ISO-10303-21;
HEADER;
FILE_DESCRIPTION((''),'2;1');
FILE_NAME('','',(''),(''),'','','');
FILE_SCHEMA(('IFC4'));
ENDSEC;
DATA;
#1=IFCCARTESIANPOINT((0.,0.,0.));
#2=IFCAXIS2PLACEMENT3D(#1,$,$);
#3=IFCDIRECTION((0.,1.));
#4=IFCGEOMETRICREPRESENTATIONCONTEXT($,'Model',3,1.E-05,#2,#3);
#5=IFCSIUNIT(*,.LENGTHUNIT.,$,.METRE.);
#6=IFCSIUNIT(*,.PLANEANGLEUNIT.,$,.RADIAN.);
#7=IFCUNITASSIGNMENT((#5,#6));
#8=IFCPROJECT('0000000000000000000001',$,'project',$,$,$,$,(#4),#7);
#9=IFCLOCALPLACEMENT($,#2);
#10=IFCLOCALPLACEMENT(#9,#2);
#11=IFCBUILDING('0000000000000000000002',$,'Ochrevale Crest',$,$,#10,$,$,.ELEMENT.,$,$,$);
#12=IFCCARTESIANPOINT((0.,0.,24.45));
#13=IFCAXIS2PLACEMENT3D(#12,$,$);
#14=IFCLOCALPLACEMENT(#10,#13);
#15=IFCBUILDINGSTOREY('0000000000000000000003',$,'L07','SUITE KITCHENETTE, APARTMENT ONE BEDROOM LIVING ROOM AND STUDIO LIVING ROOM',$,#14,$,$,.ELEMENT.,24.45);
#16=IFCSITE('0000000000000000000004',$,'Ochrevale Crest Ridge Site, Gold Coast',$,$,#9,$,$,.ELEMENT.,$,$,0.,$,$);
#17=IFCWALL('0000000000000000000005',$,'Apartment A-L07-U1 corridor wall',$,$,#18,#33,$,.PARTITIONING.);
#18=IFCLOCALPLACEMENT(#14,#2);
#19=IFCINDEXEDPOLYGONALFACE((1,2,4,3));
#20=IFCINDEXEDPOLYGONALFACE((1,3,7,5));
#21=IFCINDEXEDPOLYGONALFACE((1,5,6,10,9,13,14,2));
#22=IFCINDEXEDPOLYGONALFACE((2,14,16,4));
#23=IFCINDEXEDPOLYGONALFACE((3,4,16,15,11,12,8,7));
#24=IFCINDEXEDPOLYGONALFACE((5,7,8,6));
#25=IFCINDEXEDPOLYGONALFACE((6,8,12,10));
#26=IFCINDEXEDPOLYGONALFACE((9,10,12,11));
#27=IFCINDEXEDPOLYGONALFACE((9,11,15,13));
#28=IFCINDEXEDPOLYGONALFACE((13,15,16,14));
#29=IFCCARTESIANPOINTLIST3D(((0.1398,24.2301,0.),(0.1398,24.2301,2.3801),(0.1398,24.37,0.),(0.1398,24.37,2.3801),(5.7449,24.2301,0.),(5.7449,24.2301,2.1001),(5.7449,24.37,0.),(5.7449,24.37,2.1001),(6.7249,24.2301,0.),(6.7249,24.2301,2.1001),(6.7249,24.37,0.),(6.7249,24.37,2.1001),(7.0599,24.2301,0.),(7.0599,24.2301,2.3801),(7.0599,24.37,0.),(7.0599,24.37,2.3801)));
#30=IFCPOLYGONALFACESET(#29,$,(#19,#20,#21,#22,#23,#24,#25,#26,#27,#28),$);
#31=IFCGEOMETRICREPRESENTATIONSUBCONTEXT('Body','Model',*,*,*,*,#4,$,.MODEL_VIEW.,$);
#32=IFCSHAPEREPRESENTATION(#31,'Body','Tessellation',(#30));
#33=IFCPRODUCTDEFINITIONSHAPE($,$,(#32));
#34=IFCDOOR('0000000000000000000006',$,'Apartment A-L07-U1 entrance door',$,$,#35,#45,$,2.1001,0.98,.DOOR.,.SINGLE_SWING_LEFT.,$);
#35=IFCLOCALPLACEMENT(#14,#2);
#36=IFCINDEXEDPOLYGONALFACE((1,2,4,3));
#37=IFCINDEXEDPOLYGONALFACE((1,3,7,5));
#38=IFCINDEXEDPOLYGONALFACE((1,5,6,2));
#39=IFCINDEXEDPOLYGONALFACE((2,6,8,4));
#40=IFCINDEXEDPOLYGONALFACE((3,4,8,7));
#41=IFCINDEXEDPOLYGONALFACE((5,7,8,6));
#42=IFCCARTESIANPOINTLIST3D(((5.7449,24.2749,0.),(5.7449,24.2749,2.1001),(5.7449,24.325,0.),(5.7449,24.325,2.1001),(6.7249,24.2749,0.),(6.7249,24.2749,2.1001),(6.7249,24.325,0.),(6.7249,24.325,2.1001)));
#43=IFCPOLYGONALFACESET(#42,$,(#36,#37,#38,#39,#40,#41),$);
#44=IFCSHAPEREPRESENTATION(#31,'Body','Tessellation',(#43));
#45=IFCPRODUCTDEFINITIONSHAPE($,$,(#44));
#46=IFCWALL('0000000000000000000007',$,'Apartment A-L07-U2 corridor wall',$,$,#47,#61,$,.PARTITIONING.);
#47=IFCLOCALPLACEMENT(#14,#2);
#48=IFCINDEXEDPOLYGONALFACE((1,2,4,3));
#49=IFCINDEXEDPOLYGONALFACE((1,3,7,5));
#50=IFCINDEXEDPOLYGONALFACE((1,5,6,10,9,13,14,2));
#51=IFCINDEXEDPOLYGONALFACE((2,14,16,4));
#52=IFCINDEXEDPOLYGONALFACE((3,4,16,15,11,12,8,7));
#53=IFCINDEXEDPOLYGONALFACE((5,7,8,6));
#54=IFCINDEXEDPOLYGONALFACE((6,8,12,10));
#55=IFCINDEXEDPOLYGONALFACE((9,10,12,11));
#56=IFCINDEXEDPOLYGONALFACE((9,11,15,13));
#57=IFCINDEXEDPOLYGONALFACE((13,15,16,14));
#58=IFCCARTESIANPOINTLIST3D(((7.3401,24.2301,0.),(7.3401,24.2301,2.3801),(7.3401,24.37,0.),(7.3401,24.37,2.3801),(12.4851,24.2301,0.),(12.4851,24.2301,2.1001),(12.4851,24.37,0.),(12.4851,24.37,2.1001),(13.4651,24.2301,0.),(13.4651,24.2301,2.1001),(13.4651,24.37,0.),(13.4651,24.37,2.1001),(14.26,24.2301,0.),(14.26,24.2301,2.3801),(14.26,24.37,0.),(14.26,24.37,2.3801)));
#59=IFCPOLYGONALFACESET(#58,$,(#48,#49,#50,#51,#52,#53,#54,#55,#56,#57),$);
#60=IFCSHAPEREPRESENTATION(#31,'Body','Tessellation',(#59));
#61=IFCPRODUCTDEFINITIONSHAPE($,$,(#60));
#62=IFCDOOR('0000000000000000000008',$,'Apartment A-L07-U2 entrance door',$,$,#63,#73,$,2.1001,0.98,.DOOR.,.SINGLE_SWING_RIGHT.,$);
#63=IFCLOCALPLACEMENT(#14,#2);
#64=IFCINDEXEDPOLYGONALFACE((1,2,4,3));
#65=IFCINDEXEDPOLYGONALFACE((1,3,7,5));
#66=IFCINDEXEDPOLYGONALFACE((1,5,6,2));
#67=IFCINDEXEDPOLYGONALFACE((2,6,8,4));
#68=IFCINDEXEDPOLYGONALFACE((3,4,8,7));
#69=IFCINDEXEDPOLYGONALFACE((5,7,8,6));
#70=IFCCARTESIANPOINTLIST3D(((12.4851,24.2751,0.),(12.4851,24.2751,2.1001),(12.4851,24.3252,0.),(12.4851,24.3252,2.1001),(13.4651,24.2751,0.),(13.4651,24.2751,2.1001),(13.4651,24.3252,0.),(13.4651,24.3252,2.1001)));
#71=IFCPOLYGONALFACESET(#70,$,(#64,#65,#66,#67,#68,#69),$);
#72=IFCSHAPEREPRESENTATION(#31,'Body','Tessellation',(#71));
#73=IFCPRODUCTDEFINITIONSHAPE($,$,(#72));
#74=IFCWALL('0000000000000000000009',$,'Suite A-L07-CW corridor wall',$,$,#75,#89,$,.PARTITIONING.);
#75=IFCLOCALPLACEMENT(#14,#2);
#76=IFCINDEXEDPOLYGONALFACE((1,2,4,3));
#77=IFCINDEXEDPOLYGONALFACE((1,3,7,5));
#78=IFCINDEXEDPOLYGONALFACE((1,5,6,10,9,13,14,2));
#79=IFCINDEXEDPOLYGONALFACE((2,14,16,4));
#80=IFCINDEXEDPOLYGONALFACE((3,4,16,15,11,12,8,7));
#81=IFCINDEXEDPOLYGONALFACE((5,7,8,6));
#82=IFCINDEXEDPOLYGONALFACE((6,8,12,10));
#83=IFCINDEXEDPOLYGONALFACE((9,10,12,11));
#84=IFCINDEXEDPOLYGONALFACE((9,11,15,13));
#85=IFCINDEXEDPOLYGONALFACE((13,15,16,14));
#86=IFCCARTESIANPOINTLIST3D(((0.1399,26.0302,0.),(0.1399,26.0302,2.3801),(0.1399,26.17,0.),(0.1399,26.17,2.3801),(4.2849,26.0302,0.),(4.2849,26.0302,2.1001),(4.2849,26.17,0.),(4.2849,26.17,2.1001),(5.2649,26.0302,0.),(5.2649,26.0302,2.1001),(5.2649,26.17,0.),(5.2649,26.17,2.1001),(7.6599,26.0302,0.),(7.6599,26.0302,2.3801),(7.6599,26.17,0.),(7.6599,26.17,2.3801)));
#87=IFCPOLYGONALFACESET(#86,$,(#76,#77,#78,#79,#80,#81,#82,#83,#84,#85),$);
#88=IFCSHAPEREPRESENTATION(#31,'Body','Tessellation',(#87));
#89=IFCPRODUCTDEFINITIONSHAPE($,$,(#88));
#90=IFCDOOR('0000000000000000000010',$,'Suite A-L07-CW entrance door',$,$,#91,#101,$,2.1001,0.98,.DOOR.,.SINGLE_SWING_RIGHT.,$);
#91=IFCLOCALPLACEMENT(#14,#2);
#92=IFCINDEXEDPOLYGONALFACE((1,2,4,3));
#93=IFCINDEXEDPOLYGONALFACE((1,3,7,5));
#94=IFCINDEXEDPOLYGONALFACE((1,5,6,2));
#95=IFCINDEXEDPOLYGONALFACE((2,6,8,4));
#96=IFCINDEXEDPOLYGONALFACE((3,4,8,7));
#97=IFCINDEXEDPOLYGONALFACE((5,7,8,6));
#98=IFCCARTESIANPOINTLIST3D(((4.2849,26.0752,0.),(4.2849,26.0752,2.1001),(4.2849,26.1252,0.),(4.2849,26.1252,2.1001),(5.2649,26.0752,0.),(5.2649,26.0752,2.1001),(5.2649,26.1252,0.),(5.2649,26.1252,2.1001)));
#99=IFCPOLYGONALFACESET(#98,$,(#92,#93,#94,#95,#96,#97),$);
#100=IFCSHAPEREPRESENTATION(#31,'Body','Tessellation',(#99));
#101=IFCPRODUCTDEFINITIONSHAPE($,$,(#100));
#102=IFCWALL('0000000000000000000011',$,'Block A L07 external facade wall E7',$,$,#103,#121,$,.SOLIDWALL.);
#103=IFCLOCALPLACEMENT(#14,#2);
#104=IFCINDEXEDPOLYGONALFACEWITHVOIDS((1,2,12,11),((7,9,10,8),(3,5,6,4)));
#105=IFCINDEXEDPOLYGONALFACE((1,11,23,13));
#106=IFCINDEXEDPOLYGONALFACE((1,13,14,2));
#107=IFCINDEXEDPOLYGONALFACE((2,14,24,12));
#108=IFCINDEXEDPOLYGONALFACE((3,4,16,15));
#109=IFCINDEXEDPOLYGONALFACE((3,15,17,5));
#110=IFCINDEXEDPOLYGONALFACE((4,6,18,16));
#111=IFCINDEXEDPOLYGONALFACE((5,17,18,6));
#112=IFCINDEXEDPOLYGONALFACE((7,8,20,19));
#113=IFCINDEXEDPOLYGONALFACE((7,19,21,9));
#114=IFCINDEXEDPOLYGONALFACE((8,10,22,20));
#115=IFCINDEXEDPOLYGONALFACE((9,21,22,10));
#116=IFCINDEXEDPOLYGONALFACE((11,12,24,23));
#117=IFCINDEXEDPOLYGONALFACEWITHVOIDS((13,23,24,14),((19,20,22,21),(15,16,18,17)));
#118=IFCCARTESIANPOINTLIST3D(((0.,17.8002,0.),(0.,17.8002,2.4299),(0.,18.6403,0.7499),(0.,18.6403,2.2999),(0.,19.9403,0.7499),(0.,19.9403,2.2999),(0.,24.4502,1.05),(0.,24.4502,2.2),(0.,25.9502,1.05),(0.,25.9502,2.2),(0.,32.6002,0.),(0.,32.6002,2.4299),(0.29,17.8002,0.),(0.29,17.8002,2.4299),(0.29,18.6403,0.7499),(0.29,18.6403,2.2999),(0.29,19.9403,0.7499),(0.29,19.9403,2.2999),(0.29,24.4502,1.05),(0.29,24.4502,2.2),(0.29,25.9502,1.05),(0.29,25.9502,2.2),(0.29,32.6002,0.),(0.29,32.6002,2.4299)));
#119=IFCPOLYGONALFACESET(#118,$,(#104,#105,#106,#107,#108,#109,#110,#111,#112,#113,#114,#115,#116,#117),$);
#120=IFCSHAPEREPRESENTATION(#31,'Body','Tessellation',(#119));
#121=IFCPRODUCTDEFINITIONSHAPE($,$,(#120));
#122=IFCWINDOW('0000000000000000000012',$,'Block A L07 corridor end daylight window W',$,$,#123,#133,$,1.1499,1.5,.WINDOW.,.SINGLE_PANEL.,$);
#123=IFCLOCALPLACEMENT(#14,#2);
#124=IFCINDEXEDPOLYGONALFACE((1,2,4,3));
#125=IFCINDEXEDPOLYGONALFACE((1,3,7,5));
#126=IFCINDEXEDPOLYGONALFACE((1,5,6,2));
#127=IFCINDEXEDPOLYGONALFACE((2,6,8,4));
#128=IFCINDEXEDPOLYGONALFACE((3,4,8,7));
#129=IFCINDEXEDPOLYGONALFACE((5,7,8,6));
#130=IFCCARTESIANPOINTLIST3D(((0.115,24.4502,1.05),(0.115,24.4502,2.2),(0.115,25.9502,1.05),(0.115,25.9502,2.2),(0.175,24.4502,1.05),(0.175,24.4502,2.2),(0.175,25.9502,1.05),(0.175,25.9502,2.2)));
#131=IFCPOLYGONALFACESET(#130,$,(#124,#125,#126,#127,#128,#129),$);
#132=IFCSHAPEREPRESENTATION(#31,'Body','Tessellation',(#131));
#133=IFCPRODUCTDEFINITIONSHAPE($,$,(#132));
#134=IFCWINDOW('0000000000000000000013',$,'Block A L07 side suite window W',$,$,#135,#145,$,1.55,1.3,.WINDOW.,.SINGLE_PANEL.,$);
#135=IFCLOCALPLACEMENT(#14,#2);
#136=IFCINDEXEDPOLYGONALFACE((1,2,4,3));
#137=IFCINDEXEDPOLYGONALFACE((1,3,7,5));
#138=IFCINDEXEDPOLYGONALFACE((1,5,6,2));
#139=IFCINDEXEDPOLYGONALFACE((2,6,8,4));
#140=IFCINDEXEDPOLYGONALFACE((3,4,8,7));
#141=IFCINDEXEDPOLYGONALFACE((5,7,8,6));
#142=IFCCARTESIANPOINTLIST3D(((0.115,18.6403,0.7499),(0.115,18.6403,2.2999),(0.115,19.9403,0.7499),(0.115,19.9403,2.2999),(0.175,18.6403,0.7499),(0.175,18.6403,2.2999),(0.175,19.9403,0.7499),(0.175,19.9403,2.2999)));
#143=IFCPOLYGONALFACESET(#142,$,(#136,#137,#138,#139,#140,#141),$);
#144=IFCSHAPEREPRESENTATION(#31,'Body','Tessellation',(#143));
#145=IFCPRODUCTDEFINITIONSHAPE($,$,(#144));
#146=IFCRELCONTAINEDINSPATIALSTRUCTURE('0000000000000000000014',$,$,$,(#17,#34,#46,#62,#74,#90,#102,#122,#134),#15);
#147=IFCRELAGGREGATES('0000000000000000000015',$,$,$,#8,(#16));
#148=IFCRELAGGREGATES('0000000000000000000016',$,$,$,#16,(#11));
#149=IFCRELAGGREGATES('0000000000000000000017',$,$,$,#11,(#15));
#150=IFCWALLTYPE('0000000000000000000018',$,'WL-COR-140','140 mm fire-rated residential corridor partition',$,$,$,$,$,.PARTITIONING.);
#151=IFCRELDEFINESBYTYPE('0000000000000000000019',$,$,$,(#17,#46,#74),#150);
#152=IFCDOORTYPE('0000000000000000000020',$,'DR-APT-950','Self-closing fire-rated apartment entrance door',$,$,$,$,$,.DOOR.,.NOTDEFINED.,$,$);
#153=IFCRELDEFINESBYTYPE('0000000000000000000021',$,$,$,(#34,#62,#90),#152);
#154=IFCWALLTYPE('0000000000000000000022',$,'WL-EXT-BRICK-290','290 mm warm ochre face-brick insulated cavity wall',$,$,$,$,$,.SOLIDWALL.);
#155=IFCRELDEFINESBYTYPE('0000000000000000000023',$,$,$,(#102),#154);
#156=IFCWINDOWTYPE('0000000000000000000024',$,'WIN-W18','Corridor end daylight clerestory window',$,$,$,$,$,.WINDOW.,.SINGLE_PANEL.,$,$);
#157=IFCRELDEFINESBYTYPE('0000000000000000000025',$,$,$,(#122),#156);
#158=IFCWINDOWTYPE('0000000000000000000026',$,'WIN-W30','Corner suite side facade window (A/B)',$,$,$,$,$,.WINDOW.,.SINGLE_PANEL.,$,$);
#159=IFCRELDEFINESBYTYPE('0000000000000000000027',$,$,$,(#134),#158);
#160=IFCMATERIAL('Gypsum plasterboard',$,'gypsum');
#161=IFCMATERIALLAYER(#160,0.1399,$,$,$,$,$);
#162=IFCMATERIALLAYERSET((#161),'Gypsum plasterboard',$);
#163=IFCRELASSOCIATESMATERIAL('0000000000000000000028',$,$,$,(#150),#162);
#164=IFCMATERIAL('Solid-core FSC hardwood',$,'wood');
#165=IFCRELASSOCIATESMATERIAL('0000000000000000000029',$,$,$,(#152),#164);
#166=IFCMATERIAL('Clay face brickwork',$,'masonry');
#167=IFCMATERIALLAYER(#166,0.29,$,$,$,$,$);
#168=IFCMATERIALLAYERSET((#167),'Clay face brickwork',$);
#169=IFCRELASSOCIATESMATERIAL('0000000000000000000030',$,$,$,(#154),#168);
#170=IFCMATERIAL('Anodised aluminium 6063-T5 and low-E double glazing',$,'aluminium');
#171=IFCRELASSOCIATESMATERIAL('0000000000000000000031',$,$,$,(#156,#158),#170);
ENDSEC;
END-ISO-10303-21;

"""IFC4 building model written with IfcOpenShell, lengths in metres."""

from ifc_helpers import new_model, si_unit, direction, frame, frame_2d, origin, place, context, subcontext, project, spatial, rectangle, extrude, material, layer, layer_set, type_object, element, fill, save


model = new_model("IFC4")

# Units and contexts
model_context = context("Model", 3, precision=1e-05, world=origin(), true_north=direction((0.0, 1.0)))
body_context = subcontext(model_context, "Body", "Model", "MODEL_VIEW")
ifc_project = project(units=[si_unit("LENGTHUNIT", "METRE"), si_unit("PLANEANGLEUNIT", "RADIAN")], contexts=[model_context])

# Site, building, storey
site_placement = place(None, origin())
site = spatial("IfcSite", under=ifc_project, at=site_placement, Name="Ochrevale Crest Ridge Site, Gold Coast", CompositionType="ELEMENT", RefElevation=0.0)
building_placement = place(site_placement, origin())
building = spatial("IfcBuilding", under=site, at=building_placement, Name="Ochrevale Crest", CompositionType="ELEMENT")
storey_placement = place(building_placement, frame((0.0, 0.0, 24.45)))
storey = spatial("IfcBuildingStorey", under=building, at=storey_placement, Name="L07", Description="SUITE KITCHENETTE, APARTMENT ONE BEDROOM LIVING ROOM AND STUDIO LIVING ROOM", CompositionType="ELEMENT", Elevation=24.45)

# Walls, openings, doors
ifc_material_1 = material(Name="Gypsum plasterboard", Category="gypsum")
ifc_layer_1 = layer(ifc_material_1, 0.1399)
ifc_layer_set_1 = layer_set([ifc_layer_1], Name="Gypsum plasterboard")
wall_type_1 = type_object("IfcWallType", Name="WL-COR-140", Description="140 mm fire-rated residential corridor partition", PredefinedType="PARTITIONING", material=ifc_layer_set_1)
wall_1_placement = place(storey_placement, frame((0.1399, 24.3, 0.0), z_axis=(0.0, 0.0, 1.0), x_axis=(1.0, 0.0, 0.0)))
wall_1 = element("IfcWall", 1, at=wall_1_placement, inside=storey, type_object=wall_type_1, Name="Apartment A-L07-U1 corridor wall", PredefinedType="PARTITIONING", context=body_context, shape_type="SweptSolid", body=[
    extrude(rectangle(XDim=6.9202, YDim=0.1399, at=frame_2d((3.46, 0.0))), origin(), (0.0, 0.0, 1.0), 2.3801),
])
opening_1_placement = place(wall_1_placement, frame((5.605, 0.0, 0.0)))
opening_1 = element("IfcOpeningElement", 2, at=opening_1_placement, cuts=wall_1, PredefinedType="OPENING", context=body_context, shape_type="SweptSolid", body=[
    extrude(rectangle(XDim=0.98, YDim=2.1001, at=frame_2d((0.49, 1.05))), frame((0.0, 0.0801, 0.0), z_axis=(0.0, -1.0, 0.0), x_axis=(1.0, 0.0, 0.0)), (0.0, 0.0, 1.0), 0.1599),
])
ifc_material_2 = material(Name="Solid-core FSC hardwood", Category="wood")
door_type_1 = type_object("IfcDoorType", Name="DR-APT-950", Description="Self-closing fire-rated apartment entrance door", OperationType="NOTDEFINED", PredefinedType="DOOR", material=ifc_material_2)
door_1_placement = place(opening_1_placement, origin())
door_1 = element("IfcDoor", 3, at=door_1_placement, inside=storey, type_object=door_type_1, Name="Apartment A-L07-U1 entrance door", OperationType="SINGLE_SWING_LEFT", OverallHeight=2.1001, OverallWidth=0.98, PredefinedType="DOOR", context=body_context, shape_type="SweptSolid", body=[
    extrude(rectangle(XDim=0.98, YDim=2.1001, at=frame_2d((0.49, 1.05))), frame((0.0, 0.0249, 0.0), z_axis=(0.0, -1.0, 0.0), x_axis=(1.0, 0.0, 0.0)), (0.0, 0.0, 1.0), 0.05),
])
fill(opening_1, door_1)
wall_2_placement = place(storey_placement, frame((7.3401, 24.3, 0.0), z_axis=(0.0, 0.0, 1.0), x_axis=(1.0, 0.0, 0.0)))
wall_2 = element("IfcWall", 4, at=wall_2_placement, inside=storey, type_object=wall_type_1, Name="Apartment A-L07-U2 corridor wall", PredefinedType="PARTITIONING", context=body_context, shape_type="SweptSolid", body=[
    extrude(rectangle(XDim=6.9199, YDim=0.1399, at=frame_2d((3.46, 0.0))), origin(), (0.0, 0.0, 1.0), 2.3801),
])
opening_2_placement = place(wall_2_placement, frame((6.125, 0.0, 0.0), z_axis=(0.0, 0.0, 1.0), x_axis=(-1.0, 0.0, 0.0)))
opening_2 = element("IfcOpeningElement", 5, at=opening_2_placement, cuts=wall_2, PredefinedType="OPENING", context=body_context, shape_type="SweptSolid", body=[
    extrude(rectangle(XDim=0.98, YDim=2.1001, at=frame_2d((0.49, 1.05))), frame((0.0, 0.0801, 0.0), z_axis=(0.0, -1.0, 0.0), x_axis=(1.0, 0.0, 0.0)), (0.0, 0.0, 1.0), 0.1599),
])
door_2_placement = place(opening_2_placement, origin())
door_2 = element("IfcDoor", 6, at=door_2_placement, inside=storey, type_object=door_type_1, Name="Apartment A-L07-U2 entrance door", OperationType="SINGLE_SWING_RIGHT", OverallHeight=2.1001, OverallWidth=0.98, PredefinedType="DOOR", context=body_context, shape_type="SweptSolid", body=[
    extrude(rectangle(XDim=0.98, YDim=2.1001, at=frame_2d((0.49, 1.05))), frame((0.0, 0.0249, 0.0), z_axis=(0.0, -1.0, 0.0), x_axis=(1.0, 0.0, 0.0)), (0.0, 0.0, 1.0), 0.05),
])
fill(opening_2, door_2)
wall_3_placement = place(storey_placement, frame((0.1399, 26.1001, 0.0), z_axis=(0.0, 0.0, 1.0), x_axis=(1.0, 0.0, 0.0)))
wall_3 = element("IfcWall", 7, at=wall_3_placement, inside=storey, type_object=wall_type_1, Name="Suite A-L07-CW corridor wall", PredefinedType="PARTITIONING", context=body_context, shape_type="SweptSolid", body=[
    extrude(rectangle(XDim=7.52, YDim=0.1399, at=frame_2d((3.76, 0.0))), origin(), (0.0, 0.0, 1.0), 2.3801),
])
opening_3_placement = place(wall_3_placement, frame((5.125, 0.0, 0.0), z_axis=(0.0, 0.0, 1.0), x_axis=(-1.0, 0.0, 0.0)))
opening_3 = element("IfcOpeningElement", 8, at=opening_3_placement, cuts=wall_3, PredefinedType="OPENING", context=body_context, shape_type="SweptSolid", body=[
    extrude(rectangle(XDim=0.98, YDim=2.1001, at=frame_2d((0.49, 1.05))), frame((0.0, 0.0801, 0.0), z_axis=(0.0, -1.0, 0.0), x_axis=(1.0, 0.0, 0.0)), (0.0, 0.0, 1.0), 0.1599),
])
door_3_placement = place(opening_3_placement, origin())
door_3 = element("IfcDoor", 9, at=door_3_placement, inside=storey, type_object=door_type_1, Name="Suite A-L07-CW entrance door", OperationType="SINGLE_SWING_RIGHT", OverallHeight=2.1001, OverallWidth=0.98, PredefinedType="DOOR", context=body_context, shape_type="SweptSolid", body=[
    extrude(rectangle(XDim=0.98, YDim=2.1001, at=frame_2d((0.49, 1.05))), frame((0.0, 0.0249, 0.0), z_axis=(0.0, -1.0, 0.0), x_axis=(1.0, 0.0, 0.0)), (0.0, 0.0, 1.0), 0.05),
])
fill(opening_3, door_3)

# Wall, openings, windows
ifc_material_3 = material(Name="Clay face brickwork", Category="masonry")
ifc_layer_2 = layer(ifc_material_3, 0.29)
ifc_layer_set_2 = layer_set([ifc_layer_2], Name="Clay face brickwork")
wall_type_2 = type_object("IfcWallType", Name="WL-EXT-BRICK-290", Description="290 mm warm ochre face-brick insulated cavity wall", PredefinedType="SOLIDWALL", material=ifc_layer_set_2)
wall_4_placement = place(storey_placement, frame((0.145, 32.6001, 0.0), z_axis=(0.0, 0.0, 1.0), x_axis=(0.0, -1.0, 0.0)))
wall_4 = element("IfcWall", 10, at=wall_4_placement, inside=storey, type_object=wall_type_2, Name="Block A L07 external facade wall E7", PredefinedType="SOLIDWALL", context=body_context, shape_type="SweptSolid", body=[
    extrude(rectangle(XDim=14.8, YDim=0.29, at=frame_2d((7.3999, 0.0))), origin(), (0.0, 0.0, 1.0), 2.4299),
])
opening_4_placement = place(wall_4_placement, frame((6.6499, 0.0, 1.05)))
opening_4 = element("IfcOpeningElement", 11, at=opening_4_placement, cuts=wall_4, PredefinedType="OPENING", context=body_context, shape_type="SweptSolid", body=[
    extrude(rectangle(XDim=1.5, YDim=1.1499, at=frame_2d((0.75, 0.575))), frame((0.0, 0.155, 0.0), z_axis=(0.0, -1.0, 0.0), x_axis=(1.0, 0.0, 0.0)), (0.0, 0.0, 1.0), 0.3101),
])
opening_5_placement = place(wall_4_placement, frame((12.6599, 0.0, 0.75)))
opening_5 = element("IfcOpeningElement", 12, at=opening_5_placement, cuts=wall_4, PredefinedType="OPENING", context=body_context, shape_type="SweptSolid", body=[
    extrude(rectangle(XDim=1.3, YDim=1.55, at=frame_2d((0.6499, 0.7749))), frame((0.0, 0.155, 0.0), z_axis=(0.0, -1.0, 0.0), x_axis=(1.0, 0.0, 0.0)), (0.0, 0.0, 1.0), 0.3101),
])
ifc_material_4 = material(Name="Anodised aluminium 6063-T5 and low-E double glazing", Category="aluminium")
window_type_1 = type_object("IfcWindowType", Name="WIN-W18", Description="Corridor end daylight clerestory window", PartitioningType="SINGLE_PANEL", PredefinedType="WINDOW", material=ifc_material_4)
window_1_placement = place(opening_4_placement, origin())
window_1 = element("IfcWindow", 13, at=window_1_placement, inside=storey, type_object=window_type_1, Name="Block A L07 corridor end daylight window W", OverallHeight=1.1499, OverallWidth=1.5, PartitioningType="SINGLE_PANEL", PredefinedType="WINDOW", context=body_context, shape_type="SweptSolid", body=[
    extrude(rectangle(XDim=1.5, YDim=1.1499, at=frame_2d((0.75, 0.575))), frame((0.0, 0.03, 0.0), z_axis=(0.0, -1.0, 0.0), x_axis=(1.0, 0.0, 0.0)), (0.0, 0.0, 1.0), 0.0601),
])
fill(opening_4, window_1)
window_type_2 = type_object("IfcWindowType", Name="WIN-W30", Description="Corner suite side facade window (A/B)", PartitioningType="SINGLE_PANEL", PredefinedType="WINDOW", material=ifc_material_4)
window_2_placement = place(opening_5_placement, origin())
window_2 = element("IfcWindow", 14, at=window_2_placement, inside=storey, type_object=window_type_2, Name="Block A L07 side suite window W", OverallHeight=1.55, OverallWidth=1.3, PartitioningType="SINGLE_PANEL", PredefinedType="WINDOW", context=body_context, shape_type="SweptSolid", body=[
    extrude(rectangle(XDim=1.3, YDim=1.55, at=frame_2d((0.6499, 0.7749))), frame((0.0, 0.03, 0.0), z_axis=(0.0, -1.0, 0.0), x_axis=(1.0, 0.0, 0.0)), (0.0, 0.0, 1.0), 0.0601),
])
fill(opening_5, window_2)

save(model, "model.ifc")
